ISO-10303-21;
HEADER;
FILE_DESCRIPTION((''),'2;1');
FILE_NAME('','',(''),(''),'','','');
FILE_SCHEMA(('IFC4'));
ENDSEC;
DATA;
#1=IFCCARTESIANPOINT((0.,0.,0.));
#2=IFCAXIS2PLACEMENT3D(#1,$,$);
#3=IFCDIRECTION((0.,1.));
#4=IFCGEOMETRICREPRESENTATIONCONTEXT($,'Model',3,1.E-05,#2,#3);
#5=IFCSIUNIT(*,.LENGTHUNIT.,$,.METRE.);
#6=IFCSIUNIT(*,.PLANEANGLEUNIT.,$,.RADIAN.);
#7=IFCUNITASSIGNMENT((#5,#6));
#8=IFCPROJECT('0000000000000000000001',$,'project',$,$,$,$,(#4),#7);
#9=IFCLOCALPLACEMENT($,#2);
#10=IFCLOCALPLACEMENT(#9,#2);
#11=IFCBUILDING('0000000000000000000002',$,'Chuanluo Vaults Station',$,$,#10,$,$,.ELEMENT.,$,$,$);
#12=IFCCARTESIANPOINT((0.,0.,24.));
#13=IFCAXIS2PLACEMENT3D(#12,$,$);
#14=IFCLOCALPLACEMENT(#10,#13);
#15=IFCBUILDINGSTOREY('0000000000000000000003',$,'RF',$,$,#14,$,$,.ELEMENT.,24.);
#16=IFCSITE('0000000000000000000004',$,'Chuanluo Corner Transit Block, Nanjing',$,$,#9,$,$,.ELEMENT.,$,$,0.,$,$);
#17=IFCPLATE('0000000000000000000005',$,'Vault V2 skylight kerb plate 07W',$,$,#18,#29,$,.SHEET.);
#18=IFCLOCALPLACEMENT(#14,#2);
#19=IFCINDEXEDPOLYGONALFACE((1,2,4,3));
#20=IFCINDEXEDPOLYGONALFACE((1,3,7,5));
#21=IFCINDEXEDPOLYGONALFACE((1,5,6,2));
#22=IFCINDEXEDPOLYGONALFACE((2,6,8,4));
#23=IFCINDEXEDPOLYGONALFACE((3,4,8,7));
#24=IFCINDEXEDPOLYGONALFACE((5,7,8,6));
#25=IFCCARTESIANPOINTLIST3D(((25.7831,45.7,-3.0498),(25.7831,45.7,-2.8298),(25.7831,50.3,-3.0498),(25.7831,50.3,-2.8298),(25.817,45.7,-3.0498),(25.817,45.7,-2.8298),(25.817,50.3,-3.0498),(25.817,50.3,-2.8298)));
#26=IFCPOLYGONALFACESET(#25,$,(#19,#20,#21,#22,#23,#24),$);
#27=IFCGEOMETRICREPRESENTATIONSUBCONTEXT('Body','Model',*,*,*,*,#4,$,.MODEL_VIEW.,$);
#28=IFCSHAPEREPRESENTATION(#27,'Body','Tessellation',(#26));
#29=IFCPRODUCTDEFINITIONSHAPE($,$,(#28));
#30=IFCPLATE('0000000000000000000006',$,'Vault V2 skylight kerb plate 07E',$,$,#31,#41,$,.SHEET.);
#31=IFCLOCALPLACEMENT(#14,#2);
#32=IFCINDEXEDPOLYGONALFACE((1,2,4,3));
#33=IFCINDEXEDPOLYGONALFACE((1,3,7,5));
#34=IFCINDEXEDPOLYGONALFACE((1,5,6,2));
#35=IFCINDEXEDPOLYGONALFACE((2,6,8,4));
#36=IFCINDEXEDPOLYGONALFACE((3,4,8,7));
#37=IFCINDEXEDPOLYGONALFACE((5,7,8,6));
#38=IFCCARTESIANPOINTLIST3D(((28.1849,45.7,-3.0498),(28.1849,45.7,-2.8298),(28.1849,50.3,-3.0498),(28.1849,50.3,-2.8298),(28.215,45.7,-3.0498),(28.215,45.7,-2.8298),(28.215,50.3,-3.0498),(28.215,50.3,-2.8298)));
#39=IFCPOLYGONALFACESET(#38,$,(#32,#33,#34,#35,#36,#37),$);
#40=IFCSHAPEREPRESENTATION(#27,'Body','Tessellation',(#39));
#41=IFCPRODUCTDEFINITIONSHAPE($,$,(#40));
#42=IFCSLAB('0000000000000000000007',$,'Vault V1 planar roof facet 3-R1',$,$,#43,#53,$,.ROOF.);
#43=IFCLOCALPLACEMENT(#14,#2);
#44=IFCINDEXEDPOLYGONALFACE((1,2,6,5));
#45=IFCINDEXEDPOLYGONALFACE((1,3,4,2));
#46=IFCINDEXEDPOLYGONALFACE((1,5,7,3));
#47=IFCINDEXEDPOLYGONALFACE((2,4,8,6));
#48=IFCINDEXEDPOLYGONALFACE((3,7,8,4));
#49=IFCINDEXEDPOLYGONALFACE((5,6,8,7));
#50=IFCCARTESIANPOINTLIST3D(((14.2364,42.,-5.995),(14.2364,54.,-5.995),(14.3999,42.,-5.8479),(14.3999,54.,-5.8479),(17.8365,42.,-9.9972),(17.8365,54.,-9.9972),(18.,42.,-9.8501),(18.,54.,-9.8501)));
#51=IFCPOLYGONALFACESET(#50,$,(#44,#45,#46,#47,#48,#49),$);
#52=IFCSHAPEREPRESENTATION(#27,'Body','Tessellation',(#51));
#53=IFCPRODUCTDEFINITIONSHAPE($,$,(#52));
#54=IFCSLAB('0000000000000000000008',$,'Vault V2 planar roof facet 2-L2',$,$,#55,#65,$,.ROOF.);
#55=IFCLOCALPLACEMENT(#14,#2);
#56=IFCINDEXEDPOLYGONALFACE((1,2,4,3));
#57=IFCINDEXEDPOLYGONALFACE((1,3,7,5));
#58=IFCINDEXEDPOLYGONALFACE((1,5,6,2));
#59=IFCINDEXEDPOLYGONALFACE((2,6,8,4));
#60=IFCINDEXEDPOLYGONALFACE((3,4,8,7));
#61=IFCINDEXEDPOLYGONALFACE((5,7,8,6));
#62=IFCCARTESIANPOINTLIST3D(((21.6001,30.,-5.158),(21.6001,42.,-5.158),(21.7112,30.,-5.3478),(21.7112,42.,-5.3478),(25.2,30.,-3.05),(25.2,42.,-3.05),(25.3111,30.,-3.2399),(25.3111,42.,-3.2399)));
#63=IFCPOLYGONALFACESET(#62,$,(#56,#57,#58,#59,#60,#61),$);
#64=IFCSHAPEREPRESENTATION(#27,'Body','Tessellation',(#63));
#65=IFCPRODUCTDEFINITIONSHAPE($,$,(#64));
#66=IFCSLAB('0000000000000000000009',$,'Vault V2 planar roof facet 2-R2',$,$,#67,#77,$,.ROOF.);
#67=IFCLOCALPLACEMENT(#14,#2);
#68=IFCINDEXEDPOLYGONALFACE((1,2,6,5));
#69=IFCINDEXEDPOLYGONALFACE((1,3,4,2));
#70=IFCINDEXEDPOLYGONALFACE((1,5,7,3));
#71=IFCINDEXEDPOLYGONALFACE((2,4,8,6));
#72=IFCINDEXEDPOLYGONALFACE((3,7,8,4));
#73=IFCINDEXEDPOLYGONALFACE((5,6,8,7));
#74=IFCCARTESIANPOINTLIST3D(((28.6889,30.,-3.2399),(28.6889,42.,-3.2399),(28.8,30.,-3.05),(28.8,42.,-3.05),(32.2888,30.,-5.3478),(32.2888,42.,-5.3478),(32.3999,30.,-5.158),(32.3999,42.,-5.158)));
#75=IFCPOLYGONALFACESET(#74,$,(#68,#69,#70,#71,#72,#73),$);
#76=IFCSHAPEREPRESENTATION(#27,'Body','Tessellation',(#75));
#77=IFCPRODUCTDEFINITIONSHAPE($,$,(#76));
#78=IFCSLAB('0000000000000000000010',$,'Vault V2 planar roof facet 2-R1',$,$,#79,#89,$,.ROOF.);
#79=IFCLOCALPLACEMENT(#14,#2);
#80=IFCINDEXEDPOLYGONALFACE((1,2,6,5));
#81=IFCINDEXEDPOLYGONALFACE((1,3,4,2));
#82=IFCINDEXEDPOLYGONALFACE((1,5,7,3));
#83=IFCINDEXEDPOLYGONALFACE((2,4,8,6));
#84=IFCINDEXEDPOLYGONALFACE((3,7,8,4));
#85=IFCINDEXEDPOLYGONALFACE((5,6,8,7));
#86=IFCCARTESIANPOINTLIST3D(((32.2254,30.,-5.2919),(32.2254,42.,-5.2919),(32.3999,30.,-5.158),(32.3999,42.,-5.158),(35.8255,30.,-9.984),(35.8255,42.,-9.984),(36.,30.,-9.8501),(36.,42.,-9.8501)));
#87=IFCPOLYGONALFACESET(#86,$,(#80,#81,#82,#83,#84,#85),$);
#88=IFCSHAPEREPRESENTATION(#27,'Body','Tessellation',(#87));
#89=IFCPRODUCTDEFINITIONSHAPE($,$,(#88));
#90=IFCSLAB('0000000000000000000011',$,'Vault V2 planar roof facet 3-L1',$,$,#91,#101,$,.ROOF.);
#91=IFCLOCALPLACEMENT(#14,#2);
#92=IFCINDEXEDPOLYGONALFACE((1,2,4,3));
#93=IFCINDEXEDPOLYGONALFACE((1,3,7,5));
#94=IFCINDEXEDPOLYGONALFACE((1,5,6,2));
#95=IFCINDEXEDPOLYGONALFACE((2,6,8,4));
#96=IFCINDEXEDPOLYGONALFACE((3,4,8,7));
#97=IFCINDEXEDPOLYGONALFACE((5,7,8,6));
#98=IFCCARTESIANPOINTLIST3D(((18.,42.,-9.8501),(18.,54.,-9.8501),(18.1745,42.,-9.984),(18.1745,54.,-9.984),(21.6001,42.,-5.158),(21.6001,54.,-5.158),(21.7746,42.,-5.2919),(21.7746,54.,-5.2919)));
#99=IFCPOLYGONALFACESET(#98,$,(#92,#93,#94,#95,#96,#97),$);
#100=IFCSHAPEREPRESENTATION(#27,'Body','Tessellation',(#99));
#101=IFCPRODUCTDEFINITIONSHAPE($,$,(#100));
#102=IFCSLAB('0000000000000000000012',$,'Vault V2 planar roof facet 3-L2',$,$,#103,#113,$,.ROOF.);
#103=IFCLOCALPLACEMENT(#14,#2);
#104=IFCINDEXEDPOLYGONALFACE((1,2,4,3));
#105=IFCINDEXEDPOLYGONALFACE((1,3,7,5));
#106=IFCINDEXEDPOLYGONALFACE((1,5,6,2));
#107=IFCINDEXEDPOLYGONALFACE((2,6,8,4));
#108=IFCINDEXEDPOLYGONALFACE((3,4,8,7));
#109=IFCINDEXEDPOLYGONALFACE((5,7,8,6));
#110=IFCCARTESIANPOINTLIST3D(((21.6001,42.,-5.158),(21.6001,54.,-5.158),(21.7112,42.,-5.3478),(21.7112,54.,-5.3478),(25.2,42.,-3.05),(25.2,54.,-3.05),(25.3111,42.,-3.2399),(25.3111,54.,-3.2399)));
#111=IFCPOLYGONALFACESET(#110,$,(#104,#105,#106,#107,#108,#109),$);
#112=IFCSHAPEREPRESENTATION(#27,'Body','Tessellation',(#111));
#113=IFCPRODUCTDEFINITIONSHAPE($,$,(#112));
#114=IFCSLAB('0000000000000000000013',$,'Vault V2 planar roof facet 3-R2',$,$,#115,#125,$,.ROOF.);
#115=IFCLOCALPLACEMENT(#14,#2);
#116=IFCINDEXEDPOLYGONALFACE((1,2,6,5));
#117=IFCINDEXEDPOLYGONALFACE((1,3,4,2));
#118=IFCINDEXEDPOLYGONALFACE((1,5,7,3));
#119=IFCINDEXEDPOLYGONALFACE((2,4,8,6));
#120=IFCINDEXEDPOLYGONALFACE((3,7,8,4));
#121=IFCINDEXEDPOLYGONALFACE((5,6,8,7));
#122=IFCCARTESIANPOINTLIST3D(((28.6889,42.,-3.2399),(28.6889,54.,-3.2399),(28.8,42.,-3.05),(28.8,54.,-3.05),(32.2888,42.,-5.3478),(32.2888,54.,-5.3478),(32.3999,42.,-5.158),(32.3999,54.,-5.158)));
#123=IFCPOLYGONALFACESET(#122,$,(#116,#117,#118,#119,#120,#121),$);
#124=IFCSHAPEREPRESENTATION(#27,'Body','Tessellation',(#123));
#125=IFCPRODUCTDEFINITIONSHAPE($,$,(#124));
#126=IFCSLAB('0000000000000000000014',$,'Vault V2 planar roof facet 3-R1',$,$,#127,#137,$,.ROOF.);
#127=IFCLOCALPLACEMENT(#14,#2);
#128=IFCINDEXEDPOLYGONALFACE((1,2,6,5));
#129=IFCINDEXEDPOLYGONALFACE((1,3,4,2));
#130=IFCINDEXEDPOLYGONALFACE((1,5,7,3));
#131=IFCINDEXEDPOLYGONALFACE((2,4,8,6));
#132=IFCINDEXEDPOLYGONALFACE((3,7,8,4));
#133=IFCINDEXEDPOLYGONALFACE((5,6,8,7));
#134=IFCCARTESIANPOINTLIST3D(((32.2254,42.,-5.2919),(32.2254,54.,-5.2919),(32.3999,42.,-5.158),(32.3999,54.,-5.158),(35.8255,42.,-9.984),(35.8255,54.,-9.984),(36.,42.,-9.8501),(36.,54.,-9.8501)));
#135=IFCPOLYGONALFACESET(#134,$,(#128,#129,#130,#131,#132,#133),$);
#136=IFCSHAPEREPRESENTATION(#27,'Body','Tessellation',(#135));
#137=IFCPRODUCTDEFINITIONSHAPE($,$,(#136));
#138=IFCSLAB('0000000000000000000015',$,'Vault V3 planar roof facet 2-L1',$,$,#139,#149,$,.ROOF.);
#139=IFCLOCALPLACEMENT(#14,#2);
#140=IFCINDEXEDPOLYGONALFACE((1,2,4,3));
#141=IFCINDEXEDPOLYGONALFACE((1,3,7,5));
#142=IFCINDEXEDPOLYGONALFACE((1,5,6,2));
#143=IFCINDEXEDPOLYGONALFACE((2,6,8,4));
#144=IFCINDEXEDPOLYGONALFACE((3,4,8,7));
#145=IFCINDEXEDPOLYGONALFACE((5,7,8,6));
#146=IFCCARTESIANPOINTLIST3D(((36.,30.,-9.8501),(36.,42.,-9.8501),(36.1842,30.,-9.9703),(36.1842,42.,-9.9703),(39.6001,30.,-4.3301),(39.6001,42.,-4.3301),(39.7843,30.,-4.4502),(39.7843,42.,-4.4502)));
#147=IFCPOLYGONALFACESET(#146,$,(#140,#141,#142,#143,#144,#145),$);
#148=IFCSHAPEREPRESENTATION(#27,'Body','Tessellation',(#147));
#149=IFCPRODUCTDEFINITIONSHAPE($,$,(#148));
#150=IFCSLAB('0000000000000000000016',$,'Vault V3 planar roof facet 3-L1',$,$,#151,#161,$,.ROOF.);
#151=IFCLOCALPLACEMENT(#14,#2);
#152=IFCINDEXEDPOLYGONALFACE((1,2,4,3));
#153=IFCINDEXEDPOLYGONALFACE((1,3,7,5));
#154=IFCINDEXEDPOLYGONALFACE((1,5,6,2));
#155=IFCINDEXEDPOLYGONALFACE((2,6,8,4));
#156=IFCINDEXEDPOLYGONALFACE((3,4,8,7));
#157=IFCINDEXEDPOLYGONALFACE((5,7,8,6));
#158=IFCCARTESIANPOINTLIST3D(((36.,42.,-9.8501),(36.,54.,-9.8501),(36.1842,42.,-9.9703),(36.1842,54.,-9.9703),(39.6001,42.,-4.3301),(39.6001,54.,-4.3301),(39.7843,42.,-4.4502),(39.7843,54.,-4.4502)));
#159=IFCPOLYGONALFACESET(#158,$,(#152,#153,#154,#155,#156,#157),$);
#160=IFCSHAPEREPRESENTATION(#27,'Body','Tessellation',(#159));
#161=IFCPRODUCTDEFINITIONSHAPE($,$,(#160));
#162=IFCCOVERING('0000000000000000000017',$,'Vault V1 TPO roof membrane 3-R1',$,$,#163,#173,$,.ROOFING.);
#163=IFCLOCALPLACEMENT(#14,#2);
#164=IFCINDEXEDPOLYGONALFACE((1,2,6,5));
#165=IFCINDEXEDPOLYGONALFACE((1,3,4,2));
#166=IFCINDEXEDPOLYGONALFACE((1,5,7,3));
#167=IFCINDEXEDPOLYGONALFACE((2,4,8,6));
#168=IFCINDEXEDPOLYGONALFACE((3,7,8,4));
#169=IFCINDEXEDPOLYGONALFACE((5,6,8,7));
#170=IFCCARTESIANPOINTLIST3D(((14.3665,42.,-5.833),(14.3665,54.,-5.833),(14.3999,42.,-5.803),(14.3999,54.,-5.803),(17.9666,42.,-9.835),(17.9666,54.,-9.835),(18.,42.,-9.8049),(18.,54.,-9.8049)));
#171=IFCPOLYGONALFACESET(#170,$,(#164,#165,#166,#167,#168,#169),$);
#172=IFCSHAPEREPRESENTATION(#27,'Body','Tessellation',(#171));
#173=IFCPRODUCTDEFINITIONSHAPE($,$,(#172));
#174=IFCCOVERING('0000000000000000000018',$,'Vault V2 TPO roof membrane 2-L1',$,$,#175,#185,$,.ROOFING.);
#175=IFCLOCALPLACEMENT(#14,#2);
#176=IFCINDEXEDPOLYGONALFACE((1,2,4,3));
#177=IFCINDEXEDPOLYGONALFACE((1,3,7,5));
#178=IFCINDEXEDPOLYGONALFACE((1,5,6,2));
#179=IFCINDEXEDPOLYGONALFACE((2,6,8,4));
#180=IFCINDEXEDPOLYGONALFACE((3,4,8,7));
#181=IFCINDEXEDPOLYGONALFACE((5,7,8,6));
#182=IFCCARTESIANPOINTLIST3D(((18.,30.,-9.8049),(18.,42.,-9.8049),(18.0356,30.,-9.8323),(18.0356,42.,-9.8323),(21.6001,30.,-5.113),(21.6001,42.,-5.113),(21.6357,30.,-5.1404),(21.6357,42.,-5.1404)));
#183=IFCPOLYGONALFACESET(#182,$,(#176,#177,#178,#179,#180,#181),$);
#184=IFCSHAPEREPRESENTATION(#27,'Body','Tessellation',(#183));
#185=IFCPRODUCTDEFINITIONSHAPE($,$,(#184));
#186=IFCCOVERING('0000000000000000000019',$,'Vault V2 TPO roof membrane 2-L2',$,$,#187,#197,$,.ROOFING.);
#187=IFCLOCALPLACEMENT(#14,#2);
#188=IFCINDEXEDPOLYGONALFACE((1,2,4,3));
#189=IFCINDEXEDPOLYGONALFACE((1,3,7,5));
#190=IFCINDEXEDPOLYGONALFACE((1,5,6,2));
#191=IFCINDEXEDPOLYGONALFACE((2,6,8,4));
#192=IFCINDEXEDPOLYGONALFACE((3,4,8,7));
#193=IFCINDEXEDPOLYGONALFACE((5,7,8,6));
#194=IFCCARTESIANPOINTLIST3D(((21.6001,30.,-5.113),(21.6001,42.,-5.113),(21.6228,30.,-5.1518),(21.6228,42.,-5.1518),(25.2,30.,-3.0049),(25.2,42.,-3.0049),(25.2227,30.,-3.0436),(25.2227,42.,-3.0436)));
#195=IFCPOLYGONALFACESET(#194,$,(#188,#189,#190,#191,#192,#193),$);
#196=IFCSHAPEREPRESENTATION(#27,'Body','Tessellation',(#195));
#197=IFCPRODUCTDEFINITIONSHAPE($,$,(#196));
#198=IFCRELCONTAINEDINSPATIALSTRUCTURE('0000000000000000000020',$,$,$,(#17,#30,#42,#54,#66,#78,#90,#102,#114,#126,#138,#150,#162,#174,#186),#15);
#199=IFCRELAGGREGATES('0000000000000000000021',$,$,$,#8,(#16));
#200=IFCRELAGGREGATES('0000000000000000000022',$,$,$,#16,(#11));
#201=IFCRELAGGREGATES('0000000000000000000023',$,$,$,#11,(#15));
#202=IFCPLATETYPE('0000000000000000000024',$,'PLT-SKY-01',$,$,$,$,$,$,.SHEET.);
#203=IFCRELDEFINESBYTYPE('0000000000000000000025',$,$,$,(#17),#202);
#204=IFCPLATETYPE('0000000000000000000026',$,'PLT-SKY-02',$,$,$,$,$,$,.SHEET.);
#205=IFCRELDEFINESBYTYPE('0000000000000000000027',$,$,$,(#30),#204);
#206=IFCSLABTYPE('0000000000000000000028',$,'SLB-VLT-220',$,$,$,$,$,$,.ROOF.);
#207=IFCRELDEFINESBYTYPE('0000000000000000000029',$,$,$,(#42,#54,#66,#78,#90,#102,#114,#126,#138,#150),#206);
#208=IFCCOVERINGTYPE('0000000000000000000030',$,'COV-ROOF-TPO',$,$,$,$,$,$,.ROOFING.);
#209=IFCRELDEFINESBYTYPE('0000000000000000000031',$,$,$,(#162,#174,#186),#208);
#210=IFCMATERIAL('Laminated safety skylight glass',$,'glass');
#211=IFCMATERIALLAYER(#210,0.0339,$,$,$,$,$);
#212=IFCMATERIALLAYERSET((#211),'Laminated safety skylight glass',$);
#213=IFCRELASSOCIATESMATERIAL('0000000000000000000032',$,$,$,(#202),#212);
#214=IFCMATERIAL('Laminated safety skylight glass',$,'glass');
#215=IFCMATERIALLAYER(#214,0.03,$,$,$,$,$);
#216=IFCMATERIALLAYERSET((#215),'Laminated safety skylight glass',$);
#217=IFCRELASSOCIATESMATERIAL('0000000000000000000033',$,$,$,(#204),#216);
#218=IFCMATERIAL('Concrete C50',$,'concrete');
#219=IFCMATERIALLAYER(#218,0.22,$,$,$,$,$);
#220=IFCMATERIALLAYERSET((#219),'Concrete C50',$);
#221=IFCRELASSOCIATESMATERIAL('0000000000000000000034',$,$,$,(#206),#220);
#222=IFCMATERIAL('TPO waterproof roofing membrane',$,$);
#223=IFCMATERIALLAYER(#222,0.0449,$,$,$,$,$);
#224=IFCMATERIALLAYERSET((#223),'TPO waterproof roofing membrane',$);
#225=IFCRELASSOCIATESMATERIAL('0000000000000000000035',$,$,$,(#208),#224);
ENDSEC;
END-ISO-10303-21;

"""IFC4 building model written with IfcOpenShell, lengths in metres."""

from ifc_helpers import new_model, si_unit, direction, frame, origin, origin_2d, place, context, subcontext, project, spatial, polyline, rectangle, outline, extrude, material, layer, layer_set, type_object, element, save


model = new_model("IFC4")

# Units and contexts
model_context = context("Model", 3, precision=1e-05, world=origin(), true_north=direction((0.0, 1.0)))
body_context = subcontext(model_context, "Body", "Model", "MODEL_VIEW")
ifc_project = project(units=[si_unit("LENGTHUNIT", "METRE"), si_unit("PLANEANGLEUNIT", "RADIAN")], contexts=[model_context])

# Site, building, storey
site_placement = place(None, origin())
site = spatial("IfcSite", under=ifc_project, at=site_placement, Name="Chuanluo Corner Transit Block, Nanjing", CompositionType="ELEMENT", RefElevation=0.0)
building_placement = place(site_placement, origin())
building = spatial("IfcBuilding", under=site, at=building_placement, Name="Chuanluo Vaults Station", CompositionType="ELEMENT")
storey_placement = place(building_placement, frame((0.0, 0.0, 24.0)))
storey = spatial("IfcBuildingStorey", under=building, at=storey_placement, Name="RF", CompositionType="ELEMENT", Elevation=24.0)

# Plates
ifc_material_1 = material(Name="Laminated safety skylight glass", Category="glass")
ifc_layer_1 = layer(ifc_material_1, 0.0339)
ifc_layer_set_1 = layer_set([ifc_layer_1], Name="Laminated safety skylight glass")
plate_type_1 = type_object("IfcPlateType", Name="PLT-SKY-01", PredefinedType="SHEET", material=ifc_layer_set_1)
plate_1_placement = place(storey_placement, frame((25.8, 48.0, -3.0498), z_axis=(0.0, 0.0, 1.0), x_axis=(1.0, 0.0, 0.0)))
element("IfcPlate", 1, at=plate_1_placement, inside=storey, type_object=plate_type_1, Name="Vault V2 skylight kerb plate 07W", PredefinedType="SHEET", context=body_context, shape_type="SweptSolid", body=[
    extrude(rectangle(XDim=0.0339, YDim=4.6001, at=origin_2d()), origin(), (0.0, 0.0, 1.0), 0.22),
])
ifc_material_2 = material(Name="Laminated safety skylight glass", Category="glass")
ifc_layer_2 = layer(ifc_material_2, 0.03)
ifc_layer_set_2 = layer_set([ifc_layer_2], Name="Laminated safety skylight glass")
plate_type_2 = type_object("IfcPlateType", Name="PLT-SKY-02", PredefinedType="SHEET", material=ifc_layer_set_2)
plate_2_placement = place(storey_placement, frame((28.2, 48.0, -3.0498), z_axis=(0.0, 0.0, 1.0), x_axis=(1.0, 0.0, 0.0)))
element("IfcPlate", 2, at=plate_2_placement, inside=storey, type_object=plate_type_2, Name="Vault V2 skylight kerb plate 07E", PredefinedType="SHEET", context=body_context, shape_type="SweptSolid", body=[
    extrude(rectangle(XDim=0.03, YDim=4.6001, at=origin_2d()), origin(), (0.0, 0.0, 1.0), 0.22),
])

# Slabs
ifc_material_3 = material(Name="Concrete C50", Category="concrete")
ifc_layer_3 = layer(ifc_material_3, 0.22)
ifc_layer_set_3 = layer_set([ifc_layer_3], Name="Concrete C50")
slab_type = type_object("IfcSlabType", Name="SLB-VLT-220", PredefinedType="ROOF", material=ifc_layer_set_3)
slab_1_placement = place(storey_placement, frame((14.3999, 42.0, -5.8479), z_axis=(0.743468, 0.0, 0.668772), x_axis=(0.668772, 0.0, -0.743468)))
element("IfcSlab", 3, at=slab_1_placement, inside=storey, type_object=slab_type, Name="Vault V1 planar roof facet 3-R1", PredefinedType="ROOF", context=body_context, shape_type="SweptSolid", body=[
    extrude(outline(polyline([(0.0, 0.0), (5.3831, 0.0), (5.3831, 12.0), (0.0, 12.0), (0.0, 0.0)])), origin(), (0.0, 0.0, -1.0), 0.22),
])
for number, where, z_axis, x_axis, name in (
    (4, (21.6001, 30.0, -5.158), (-0.5053, 0.0, 0.862944), (0.862944, 0.0, 0.5053), "Vault V2 planar roof facet 2-L2"),
    (5, (28.8, 30.0, -3.05), (0.5053, 0.0, 0.862944), (0.862944, 0.0, -0.5053), "Vault V2 planar roof facet 2-R2"),
):
    element("IfcSlab", number, at=place(storey_placement, frame(where, z_axis=z_axis, x_axis=x_axis)), inside=storey, type_object=slab_type, Name=name, PredefinedType="ROOF", context=body_context, shape_type="SweptSolid", body=[
        extrude(outline(polyline([(0.0, 0.0), (4.1716, 0.0), (4.1716, 12.0), (0.0, 12.0), (0.0, 0.0)])), origin(), (0.0, 0.0, -1.0), 0.22),
    ])
for number, where, z_axis, x_axis, name in (
    (6, (32.3999, 30.0, -5.158), (0.793378, 0.0, 0.608729), (0.608729, 0.0, -0.793378), "Vault V2 planar roof facet 2-R1"),
    (7, (18.0, 42.0, -9.8501), (-0.793378, 0.0, 0.608729), (0.608729, 0.0, 0.793378), "Vault V2 planar roof facet 3-L1"),
):
    element("IfcSlab", number, at=place(storey_placement, frame(where, z_axis=z_axis, x_axis=x_axis)), inside=storey, type_object=slab_type, Name=name, PredefinedType="ROOF", context=body_context, shape_type="SweptSolid", body=[
        extrude(outline(polyline([(0.0, 0.0), (5.9141, 0.0), (5.9141, 12.0), (0.0, 12.0), (0.0, 0.0)])), origin(), (0.0, 0.0, -1.0), 0.22),
    ])
for number, where, z_axis, x_axis, name in (
    (8, (21.6001, 42.0, -5.158), (-0.5053, 0.0, 0.862944), (0.862944, 0.0, 0.5053), "Vault V2 planar roof facet 3-L2"),
    (9, (28.8, 42.0, -3.05), (0.5053, 0.0, 0.862944), (0.862944, 0.0, -0.5053), "Vault V2 planar roof facet 3-R2"),
):
    element("IfcSlab", number, at=place(storey_placement, frame(where, z_axis=z_axis, x_axis=x_axis)), inside=storey, type_object=slab_type, Name=name, PredefinedType="ROOF", context=body_context, shape_type="SweptSolid", body=[
        extrude(outline(polyline([(0.0, 0.0), (4.1716, 0.0), (4.1716, 12.0), (0.0, 12.0), (0.0, 0.0)])), origin(), (0.0, 0.0, -1.0), 0.22),
    ])
slab_2_placement = place(storey_placement, frame((32.3999, 42.0, -5.158), z_axis=(0.793378, 0.0, 0.608729), x_axis=(0.608729, 0.0, -0.793378)))
element("IfcSlab", 10, at=slab_2_placement, inside=storey, type_object=slab_type, Name="Vault V2 planar roof facet 3-R1", PredefinedType="ROOF", context=body_context, shape_type="SweptSolid", body=[
    extrude(outline(polyline([(0.0, 0.0), (5.9141, 0.0), (5.9141, 12.0), (0.0, 12.0), (0.0, 0.0)])), origin(), (0.0, 0.0, -1.0), 0.22),
])
for number, where, z_axis, x_axis, name in (
    (11, (36.0, 30.0, -9.8501), (-0.837605, 0.0, 0.546277), (0.546277, 0.0, 0.837605), "Vault V3 planar roof facet 2-L1"),
    (12, (36.0, 42.0, -9.8501), (-0.837605, 0.0, 0.546277), (0.546277, 0.0, 0.837605), "Vault V3 planar roof facet 3-L1"),
):
    element("IfcSlab", number, at=place(storey_placement, frame(where, z_axis=z_axis, x_axis=x_axis)), inside=storey, type_object=slab_type, Name=name, PredefinedType="ROOF", context=body_context, shape_type="SweptSolid", body=[
        extrude(outline(polyline([(0.0, 0.0), (6.5902, 0.0), (6.5902, 12.0), (0.0, 12.0), (0.0, 0.0)])), origin(), (0.0, 0.0, -1.0), 0.22),
    ])

# Coverings
ifc_material_4 = material(Name="TPO waterproof roofing membrane")
ifc_layer_4 = layer(ifc_material_4, 0.0449)
ifc_layer_set_4 = layer_set([ifc_layer_4], Name="TPO waterproof roofing membrane")
covering_type = type_object("IfcCoveringType", Name="COV-ROOF-TPO", PredefinedType="ROOFING", material=ifc_layer_set_4)
covering_1_placement = place(storey_placement, frame((14.3999, 42.0, -5.803), z_axis=(0.743447, 0.0, 0.668794), x_axis=(0.668794, 0.0, -0.743447)))
element("IfcCovering", 13, at=covering_1_placement, inside=storey, type_object=covering_type, Name="Vault V1 TPO roof membrane 3-R1", PredefinedType="ROOFING", context=body_context, shape_type="SweptSolid", body=[
    extrude(outline(polyline([(0.0, 0.0), (5.383, 0.0), (5.383, 12.0), (0.0, 12.0), (0.0, 0.0)])), origin(), (0.0, 0.0, -1.0), 0.0449),
])
covering_2_placement = place(storey_placement, frame((18.0, 30.0, -9.8049), z_axis=(-0.793363, 0.0, 0.608749), x_axis=(0.608749, 0.0, 0.793363)))
element("IfcCovering", 14, at=covering_2_placement, inside=storey, type_object=covering_type, Name="Vault V2 TPO roof membrane 2-L1", PredefinedType="ROOFING", context=body_context, shape_type="SweptSolid", body=[
    extrude(outline(polyline([(0.0, 0.0), (5.9139, 0.0), (5.9139, 12.0), (0.0, 12.0), (0.0, 0.0)])), origin(), (0.0, 0.0, -1.0), 0.0449),
])
for number, where, z_axis, x_axis, name in (
    (15, (21.6001, 30.0, -5.113), (-0.505344, 0.0, 0.862918), (0.862918, 0.0, 0.505344), "Vault V2 TPO roof membrane 2-L2"),
):
    element("IfcCovering", number, at=place(storey_placement, frame(where, z_axis=z_axis, x_axis=x_axis)), inside=storey, type_object=covering_type, Name=name, PredefinedType="ROOFING", context=body_context, shape_type="SweptSolid", body=[
        extrude(outline(polyline([(0.0, 0.0), (4.1717, 0.0), (4.1717, 12.0), (0.0, 12.0), (0.0, 0.0)])), origin(), (0.0, 0.0, -1.0), 0.0449),
    ])

save(model, "model.ifc")
